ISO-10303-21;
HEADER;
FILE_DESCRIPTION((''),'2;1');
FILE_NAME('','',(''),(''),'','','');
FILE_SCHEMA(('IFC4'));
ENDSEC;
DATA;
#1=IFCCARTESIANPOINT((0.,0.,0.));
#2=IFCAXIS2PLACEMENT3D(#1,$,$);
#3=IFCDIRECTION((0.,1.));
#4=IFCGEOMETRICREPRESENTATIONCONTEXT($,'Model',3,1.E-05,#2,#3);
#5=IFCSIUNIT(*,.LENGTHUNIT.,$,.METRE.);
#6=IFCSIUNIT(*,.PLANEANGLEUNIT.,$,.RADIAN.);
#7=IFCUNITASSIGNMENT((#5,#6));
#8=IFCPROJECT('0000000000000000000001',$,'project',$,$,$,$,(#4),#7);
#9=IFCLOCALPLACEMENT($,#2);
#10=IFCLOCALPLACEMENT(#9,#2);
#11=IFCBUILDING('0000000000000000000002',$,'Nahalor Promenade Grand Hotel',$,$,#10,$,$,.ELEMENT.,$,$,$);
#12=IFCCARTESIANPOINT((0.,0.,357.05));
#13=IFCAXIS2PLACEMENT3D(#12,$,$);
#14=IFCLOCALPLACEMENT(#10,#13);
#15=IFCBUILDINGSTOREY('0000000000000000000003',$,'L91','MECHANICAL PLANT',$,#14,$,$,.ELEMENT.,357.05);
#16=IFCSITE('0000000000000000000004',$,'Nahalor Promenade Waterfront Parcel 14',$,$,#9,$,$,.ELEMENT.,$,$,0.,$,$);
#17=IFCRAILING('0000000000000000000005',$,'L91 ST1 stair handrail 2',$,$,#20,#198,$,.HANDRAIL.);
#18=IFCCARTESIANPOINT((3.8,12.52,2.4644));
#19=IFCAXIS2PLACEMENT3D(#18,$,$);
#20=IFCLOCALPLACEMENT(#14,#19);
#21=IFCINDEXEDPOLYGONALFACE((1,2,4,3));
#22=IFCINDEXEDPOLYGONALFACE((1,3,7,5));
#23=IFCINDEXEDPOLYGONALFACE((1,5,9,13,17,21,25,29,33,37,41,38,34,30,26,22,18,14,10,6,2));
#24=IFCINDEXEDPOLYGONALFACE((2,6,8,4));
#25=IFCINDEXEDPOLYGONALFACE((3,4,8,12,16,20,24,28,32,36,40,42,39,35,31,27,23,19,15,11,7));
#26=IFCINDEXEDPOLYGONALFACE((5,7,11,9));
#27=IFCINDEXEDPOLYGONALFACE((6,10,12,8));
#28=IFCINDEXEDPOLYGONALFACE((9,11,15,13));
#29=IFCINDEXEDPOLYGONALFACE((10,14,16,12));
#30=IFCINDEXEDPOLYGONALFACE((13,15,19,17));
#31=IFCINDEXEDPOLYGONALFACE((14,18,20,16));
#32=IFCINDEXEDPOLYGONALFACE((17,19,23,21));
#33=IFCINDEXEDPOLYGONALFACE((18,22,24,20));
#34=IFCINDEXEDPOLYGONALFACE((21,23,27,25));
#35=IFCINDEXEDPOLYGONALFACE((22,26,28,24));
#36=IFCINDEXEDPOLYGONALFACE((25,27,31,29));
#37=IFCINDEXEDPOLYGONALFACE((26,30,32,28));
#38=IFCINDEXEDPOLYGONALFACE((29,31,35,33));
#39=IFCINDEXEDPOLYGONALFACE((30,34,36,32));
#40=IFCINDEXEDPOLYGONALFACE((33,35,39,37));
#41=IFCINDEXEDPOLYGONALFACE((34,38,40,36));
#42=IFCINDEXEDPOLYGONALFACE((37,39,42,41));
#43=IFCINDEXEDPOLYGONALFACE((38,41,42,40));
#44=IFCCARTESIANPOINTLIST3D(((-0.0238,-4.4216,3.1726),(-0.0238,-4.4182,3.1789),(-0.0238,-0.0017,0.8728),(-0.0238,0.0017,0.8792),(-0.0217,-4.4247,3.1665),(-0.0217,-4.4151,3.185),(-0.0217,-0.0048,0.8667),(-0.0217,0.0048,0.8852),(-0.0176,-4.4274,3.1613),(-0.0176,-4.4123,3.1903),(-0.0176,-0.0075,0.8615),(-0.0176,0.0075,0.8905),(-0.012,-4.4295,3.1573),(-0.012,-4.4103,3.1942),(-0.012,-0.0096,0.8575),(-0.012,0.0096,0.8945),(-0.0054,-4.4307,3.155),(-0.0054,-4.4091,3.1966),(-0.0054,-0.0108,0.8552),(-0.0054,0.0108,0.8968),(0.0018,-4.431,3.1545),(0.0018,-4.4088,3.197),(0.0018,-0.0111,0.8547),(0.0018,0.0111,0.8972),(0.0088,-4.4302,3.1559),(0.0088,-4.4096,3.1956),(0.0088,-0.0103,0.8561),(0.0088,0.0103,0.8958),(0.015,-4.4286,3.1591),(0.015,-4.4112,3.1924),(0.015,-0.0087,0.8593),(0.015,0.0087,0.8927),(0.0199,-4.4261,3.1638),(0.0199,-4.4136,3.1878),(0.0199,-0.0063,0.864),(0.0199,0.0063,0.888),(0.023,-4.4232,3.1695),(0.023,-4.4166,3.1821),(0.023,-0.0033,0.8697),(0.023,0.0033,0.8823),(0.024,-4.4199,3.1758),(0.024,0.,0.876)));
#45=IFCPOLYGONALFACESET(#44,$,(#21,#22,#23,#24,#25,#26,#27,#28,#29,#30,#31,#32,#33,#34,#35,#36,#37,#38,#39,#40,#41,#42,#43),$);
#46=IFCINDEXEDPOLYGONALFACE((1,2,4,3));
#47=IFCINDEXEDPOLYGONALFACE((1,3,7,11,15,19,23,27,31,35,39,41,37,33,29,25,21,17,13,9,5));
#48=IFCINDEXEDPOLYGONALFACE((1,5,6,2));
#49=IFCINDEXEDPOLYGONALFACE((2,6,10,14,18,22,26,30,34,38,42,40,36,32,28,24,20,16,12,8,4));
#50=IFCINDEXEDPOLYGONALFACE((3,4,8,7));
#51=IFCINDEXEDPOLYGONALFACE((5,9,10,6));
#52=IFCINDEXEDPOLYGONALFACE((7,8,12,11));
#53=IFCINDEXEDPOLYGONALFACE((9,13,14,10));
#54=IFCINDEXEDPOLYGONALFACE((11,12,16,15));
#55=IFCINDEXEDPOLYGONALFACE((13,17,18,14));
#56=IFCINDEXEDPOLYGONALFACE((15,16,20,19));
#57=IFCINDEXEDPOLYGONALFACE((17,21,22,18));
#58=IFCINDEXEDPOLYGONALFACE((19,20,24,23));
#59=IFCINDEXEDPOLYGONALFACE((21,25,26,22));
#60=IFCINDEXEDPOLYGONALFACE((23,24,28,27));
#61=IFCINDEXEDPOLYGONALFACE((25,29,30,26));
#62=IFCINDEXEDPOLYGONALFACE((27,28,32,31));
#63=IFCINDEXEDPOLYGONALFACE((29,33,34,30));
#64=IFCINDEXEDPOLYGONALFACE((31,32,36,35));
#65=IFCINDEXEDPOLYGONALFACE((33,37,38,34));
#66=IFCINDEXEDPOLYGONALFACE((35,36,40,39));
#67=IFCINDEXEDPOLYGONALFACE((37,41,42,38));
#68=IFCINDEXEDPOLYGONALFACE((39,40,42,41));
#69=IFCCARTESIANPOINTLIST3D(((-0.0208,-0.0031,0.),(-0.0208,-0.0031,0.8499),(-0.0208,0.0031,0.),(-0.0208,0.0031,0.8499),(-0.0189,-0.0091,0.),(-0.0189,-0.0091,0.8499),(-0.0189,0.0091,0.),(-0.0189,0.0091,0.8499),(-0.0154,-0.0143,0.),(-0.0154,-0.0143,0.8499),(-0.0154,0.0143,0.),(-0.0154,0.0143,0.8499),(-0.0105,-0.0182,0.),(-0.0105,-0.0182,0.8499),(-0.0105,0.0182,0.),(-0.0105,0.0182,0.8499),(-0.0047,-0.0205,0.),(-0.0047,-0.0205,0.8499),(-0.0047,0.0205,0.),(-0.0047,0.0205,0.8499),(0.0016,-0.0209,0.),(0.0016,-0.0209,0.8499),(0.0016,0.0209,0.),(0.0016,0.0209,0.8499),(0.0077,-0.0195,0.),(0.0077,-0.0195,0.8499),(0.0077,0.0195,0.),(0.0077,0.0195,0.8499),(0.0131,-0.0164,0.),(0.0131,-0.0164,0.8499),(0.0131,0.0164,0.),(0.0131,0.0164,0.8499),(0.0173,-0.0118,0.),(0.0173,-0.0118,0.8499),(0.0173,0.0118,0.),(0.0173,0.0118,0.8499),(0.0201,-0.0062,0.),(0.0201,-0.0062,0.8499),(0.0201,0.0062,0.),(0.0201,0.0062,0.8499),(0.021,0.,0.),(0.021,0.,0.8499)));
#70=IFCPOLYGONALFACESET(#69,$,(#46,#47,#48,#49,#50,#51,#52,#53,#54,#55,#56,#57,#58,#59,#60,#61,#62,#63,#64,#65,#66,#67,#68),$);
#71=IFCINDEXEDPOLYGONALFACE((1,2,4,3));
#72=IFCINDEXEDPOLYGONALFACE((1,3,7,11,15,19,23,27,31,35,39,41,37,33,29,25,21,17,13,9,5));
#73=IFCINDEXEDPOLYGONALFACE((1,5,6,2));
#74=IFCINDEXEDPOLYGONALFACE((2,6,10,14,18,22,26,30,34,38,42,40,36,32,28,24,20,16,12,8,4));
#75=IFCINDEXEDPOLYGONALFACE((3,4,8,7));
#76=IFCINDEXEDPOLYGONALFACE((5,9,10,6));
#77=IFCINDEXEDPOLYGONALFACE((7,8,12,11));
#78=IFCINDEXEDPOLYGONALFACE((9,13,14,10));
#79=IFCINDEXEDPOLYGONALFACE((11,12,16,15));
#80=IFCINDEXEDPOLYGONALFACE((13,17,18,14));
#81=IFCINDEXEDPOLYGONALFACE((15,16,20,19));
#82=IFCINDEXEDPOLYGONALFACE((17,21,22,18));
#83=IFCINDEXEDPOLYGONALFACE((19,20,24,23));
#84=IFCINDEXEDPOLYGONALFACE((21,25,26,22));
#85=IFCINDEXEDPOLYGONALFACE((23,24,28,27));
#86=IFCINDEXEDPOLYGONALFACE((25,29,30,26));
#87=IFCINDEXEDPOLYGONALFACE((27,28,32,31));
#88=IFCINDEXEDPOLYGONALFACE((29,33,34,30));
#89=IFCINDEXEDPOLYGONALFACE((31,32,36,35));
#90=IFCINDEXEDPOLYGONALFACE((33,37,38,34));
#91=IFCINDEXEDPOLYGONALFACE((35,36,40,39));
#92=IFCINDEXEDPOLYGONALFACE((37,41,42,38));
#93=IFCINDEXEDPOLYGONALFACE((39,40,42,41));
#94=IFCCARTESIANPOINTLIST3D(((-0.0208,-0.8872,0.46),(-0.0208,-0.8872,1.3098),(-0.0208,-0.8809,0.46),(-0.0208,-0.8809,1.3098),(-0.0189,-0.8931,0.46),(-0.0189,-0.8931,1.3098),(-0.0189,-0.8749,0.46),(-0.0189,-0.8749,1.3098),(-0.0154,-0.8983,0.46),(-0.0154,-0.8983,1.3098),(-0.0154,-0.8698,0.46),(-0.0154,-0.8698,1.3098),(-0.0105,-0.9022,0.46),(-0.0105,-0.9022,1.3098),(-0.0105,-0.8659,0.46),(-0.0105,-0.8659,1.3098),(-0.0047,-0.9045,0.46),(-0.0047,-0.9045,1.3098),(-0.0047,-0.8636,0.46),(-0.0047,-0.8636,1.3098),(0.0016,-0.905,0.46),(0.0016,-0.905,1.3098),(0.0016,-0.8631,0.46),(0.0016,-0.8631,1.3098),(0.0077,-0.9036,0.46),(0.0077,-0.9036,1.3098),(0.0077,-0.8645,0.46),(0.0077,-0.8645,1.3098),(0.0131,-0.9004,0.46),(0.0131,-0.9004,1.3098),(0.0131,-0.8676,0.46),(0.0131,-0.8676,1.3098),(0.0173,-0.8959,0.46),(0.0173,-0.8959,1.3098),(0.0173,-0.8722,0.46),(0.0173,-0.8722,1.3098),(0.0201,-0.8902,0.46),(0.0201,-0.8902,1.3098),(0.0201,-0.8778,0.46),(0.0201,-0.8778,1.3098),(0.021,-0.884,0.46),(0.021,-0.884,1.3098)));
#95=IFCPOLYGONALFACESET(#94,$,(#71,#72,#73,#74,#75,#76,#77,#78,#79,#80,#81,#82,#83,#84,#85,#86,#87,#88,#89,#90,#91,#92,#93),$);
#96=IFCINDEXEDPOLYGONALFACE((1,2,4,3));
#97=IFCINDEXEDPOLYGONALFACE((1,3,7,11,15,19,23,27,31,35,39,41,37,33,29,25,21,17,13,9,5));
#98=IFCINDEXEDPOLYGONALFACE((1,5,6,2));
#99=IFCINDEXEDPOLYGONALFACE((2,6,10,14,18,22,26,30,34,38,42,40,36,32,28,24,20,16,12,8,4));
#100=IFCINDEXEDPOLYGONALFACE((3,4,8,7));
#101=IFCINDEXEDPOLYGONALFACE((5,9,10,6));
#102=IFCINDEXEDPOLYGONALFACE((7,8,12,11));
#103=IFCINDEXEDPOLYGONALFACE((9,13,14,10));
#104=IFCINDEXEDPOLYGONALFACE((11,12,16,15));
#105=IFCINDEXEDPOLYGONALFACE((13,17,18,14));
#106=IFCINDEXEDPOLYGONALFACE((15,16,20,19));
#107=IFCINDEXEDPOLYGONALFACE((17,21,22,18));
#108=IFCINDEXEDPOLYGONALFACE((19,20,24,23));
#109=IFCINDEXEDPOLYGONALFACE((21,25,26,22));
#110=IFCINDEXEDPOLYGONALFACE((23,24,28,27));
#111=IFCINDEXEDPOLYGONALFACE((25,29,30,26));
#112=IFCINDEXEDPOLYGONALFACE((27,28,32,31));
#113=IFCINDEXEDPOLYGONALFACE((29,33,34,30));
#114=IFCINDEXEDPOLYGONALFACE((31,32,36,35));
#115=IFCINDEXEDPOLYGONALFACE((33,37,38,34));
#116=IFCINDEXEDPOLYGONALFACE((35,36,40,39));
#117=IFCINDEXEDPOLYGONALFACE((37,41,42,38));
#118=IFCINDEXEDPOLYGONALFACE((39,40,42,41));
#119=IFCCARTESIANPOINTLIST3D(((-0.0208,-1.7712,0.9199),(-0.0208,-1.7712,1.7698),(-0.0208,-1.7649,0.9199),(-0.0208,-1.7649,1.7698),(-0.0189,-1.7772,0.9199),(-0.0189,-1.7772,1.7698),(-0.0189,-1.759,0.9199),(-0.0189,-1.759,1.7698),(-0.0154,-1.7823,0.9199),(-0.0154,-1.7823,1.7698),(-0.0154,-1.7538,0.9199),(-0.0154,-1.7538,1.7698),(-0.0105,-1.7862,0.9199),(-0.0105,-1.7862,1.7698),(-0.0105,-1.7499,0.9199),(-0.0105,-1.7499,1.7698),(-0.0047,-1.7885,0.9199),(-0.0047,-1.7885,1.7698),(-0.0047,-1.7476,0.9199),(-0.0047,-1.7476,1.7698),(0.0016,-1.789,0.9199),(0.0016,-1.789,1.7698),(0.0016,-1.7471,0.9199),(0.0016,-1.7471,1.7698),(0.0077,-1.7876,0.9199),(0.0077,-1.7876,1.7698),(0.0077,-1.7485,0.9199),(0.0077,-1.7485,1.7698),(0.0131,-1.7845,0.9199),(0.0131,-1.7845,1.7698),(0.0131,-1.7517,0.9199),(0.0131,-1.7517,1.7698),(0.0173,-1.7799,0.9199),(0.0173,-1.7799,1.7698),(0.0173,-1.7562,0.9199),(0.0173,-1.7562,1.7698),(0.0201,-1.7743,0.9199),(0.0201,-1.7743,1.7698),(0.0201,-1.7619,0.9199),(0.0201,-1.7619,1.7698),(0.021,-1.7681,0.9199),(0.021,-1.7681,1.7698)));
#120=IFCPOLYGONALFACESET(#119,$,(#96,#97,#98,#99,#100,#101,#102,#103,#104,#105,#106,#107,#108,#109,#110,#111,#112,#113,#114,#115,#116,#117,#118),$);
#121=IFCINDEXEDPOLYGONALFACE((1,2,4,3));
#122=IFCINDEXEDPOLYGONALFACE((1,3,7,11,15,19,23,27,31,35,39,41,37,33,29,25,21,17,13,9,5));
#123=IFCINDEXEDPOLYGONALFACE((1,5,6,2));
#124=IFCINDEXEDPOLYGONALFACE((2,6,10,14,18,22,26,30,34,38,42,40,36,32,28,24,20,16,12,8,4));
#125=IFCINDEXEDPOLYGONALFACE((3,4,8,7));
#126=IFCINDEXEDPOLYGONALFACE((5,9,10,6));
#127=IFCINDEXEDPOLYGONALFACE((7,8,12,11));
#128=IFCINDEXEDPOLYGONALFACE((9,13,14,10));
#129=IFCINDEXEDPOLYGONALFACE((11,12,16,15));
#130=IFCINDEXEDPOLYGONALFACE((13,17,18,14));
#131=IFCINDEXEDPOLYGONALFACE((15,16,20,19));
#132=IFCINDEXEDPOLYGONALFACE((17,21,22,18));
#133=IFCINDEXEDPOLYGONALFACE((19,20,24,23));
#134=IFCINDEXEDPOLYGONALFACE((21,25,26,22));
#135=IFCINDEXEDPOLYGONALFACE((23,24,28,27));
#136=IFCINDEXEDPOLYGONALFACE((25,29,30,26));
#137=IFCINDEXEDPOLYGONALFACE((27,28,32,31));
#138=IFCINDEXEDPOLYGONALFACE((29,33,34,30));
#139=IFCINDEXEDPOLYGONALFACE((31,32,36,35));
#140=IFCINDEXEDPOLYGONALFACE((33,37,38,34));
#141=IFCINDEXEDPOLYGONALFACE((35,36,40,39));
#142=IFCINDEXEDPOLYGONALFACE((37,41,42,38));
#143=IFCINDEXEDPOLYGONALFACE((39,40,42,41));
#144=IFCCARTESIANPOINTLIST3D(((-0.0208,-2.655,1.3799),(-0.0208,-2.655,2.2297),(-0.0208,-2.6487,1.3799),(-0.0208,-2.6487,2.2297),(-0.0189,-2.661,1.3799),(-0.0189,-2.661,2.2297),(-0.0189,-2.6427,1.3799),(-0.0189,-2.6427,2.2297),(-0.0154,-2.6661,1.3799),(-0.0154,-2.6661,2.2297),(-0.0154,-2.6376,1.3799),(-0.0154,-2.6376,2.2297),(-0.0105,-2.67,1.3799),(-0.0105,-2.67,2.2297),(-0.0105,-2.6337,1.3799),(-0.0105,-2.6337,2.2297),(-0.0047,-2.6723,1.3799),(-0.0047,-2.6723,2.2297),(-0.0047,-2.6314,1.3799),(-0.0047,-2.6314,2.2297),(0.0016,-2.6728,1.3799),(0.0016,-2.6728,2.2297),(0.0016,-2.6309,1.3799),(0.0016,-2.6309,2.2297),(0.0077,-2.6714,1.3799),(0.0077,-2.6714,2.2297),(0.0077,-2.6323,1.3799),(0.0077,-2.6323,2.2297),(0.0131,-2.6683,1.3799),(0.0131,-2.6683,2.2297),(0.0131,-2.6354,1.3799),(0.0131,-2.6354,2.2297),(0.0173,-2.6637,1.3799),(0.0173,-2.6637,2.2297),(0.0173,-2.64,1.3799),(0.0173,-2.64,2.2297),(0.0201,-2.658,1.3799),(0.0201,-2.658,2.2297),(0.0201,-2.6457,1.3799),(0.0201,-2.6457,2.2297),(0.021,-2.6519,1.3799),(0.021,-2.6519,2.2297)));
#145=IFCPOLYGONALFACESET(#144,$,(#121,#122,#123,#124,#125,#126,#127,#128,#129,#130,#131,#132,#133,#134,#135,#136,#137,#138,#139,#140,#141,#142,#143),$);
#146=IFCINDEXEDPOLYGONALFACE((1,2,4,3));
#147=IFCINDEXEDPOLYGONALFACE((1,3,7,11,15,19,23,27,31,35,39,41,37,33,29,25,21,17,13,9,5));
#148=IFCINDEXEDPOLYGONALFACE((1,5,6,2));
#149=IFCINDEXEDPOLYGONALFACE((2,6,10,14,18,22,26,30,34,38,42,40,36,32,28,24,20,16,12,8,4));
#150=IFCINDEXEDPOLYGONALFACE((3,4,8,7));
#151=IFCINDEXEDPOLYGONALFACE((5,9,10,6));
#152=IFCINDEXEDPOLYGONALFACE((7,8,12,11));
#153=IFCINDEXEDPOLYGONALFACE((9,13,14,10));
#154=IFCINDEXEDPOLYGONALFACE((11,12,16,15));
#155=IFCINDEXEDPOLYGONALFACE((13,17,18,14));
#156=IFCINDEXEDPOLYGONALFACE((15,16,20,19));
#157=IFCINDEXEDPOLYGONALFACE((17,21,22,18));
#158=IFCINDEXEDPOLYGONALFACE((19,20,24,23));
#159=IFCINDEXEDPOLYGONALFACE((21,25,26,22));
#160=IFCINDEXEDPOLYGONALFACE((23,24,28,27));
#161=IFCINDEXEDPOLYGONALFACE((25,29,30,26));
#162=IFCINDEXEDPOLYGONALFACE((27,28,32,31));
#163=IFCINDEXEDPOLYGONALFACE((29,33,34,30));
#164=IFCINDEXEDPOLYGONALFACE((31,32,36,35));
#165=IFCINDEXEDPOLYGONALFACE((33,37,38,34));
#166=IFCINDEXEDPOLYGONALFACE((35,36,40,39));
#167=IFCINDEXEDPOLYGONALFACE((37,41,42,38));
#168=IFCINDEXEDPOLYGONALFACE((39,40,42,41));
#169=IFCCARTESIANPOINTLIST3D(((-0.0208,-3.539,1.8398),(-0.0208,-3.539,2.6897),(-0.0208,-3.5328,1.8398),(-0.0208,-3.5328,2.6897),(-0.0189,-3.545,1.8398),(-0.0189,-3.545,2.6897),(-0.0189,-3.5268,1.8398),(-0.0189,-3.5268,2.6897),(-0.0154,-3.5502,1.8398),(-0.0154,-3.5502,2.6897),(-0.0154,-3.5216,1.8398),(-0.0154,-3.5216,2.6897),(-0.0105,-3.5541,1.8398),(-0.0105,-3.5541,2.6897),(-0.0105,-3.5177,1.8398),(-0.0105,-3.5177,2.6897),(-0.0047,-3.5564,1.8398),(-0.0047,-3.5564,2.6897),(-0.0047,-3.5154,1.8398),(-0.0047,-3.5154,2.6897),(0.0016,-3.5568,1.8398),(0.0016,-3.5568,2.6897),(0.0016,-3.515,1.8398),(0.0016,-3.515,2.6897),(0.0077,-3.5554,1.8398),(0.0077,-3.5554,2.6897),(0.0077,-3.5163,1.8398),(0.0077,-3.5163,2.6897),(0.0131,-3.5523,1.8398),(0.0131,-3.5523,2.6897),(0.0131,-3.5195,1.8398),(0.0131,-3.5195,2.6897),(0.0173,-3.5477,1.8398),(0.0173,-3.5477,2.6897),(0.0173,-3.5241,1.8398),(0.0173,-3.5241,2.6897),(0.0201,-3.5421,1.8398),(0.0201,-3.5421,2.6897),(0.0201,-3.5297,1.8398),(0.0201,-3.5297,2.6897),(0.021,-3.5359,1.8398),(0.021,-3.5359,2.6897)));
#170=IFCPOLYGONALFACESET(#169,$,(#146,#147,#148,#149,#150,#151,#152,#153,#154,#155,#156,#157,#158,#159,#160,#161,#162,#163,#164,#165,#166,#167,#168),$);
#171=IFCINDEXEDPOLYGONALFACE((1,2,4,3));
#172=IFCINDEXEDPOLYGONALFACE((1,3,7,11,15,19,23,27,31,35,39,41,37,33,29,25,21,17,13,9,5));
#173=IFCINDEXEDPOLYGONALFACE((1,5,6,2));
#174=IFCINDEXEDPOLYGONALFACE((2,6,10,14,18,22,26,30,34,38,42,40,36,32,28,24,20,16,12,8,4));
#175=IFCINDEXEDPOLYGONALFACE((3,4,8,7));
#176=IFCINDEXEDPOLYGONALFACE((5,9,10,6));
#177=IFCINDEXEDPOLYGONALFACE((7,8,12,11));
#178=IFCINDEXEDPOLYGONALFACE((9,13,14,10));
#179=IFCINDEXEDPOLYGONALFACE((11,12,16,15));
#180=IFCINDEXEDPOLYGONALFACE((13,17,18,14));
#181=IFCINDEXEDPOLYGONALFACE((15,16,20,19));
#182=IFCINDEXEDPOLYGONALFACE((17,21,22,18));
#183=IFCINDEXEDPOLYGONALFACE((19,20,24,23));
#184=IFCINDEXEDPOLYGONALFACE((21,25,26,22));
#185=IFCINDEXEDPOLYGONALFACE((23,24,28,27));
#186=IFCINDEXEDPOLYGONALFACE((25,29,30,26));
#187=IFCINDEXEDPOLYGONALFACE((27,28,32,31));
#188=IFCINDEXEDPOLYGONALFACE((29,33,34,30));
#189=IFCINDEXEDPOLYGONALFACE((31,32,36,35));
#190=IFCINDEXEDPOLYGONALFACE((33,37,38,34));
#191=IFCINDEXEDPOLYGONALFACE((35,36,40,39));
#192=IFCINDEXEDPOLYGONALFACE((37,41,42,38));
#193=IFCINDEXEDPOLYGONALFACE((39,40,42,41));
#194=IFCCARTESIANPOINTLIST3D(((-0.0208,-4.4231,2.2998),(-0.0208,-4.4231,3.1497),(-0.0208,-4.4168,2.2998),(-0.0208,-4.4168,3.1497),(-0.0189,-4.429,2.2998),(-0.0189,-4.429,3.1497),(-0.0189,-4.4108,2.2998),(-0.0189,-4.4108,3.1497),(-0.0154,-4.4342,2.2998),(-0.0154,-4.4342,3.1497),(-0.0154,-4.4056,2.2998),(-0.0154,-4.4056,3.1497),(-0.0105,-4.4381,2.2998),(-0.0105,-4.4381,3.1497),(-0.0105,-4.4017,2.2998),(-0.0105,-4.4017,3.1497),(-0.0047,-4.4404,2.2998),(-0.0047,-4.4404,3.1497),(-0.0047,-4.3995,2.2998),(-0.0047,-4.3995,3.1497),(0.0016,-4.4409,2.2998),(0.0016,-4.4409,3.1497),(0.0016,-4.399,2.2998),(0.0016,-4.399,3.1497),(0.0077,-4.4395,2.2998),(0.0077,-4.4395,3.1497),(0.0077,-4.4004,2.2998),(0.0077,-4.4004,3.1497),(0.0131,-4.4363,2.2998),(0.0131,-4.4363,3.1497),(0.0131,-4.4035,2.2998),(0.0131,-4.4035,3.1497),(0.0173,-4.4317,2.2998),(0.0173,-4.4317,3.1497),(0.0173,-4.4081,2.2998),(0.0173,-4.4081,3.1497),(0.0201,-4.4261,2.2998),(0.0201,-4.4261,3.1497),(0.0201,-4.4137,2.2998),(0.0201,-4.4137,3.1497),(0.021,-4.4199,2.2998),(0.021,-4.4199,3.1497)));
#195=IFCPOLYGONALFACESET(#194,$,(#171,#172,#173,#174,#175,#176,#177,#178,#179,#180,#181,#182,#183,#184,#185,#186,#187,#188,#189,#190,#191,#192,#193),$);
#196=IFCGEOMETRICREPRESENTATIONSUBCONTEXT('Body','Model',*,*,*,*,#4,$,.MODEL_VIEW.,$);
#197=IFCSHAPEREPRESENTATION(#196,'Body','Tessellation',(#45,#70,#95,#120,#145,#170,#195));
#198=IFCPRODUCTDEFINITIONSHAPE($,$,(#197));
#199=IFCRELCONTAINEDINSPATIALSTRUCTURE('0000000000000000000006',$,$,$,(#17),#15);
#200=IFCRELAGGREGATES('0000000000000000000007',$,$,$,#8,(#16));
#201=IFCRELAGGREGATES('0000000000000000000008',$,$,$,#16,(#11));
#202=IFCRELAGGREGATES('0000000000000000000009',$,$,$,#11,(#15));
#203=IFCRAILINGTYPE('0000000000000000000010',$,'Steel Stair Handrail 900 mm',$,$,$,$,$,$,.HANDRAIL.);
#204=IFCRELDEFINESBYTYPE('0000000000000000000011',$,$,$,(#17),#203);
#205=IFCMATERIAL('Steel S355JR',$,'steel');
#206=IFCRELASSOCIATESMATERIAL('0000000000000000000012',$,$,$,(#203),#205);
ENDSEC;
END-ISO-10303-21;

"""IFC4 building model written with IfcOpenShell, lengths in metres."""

from ifc_helpers import new_model, si_unit, direction, frame, origin, origin_2d, place, context, subcontext, project, spatial, circle, extrude, material, type_object, element, save


model = new_model("IFC4")

# Units and contexts
model_context = context("Model", 3, precision=1e-05, world=origin(), true_north=direction((0.0, 1.0)))
body_context = subcontext(model_context, "Body", "Model", "MODEL_VIEW")
ifc_project = project(units=[si_unit("LENGTHUNIT", "METRE"), si_unit("PLANEANGLEUNIT", "RADIAN")], contexts=[model_context])

# Site, building, storey
site_placement = place(None, origin())
site = spatial("IfcSite", under=ifc_project, at=site_placement, Name="Nahalor Promenade Waterfront Parcel 14", CompositionType="ELEMENT", RefElevation=0.0)
building_placement = place(site_placement, origin())
building = spatial("IfcBuilding", under=site, at=building_placement, Name="Nahalor Promenade Grand Hotel", CompositionType="ELEMENT")
storey_placement = place(building_placement, frame((0.0, 0.0, 357.05)))
storey = spatial("IfcBuildingStorey", under=building, at=storey_placement, Name="L91", Description="MECHANICAL PLANT", CompositionType="ELEMENT", Elevation=357.05)

# Shared definitions
ifc_material_1 = material(Name="Steel S355JR", Category="steel")

# Railing
railing_type_1 = type_object("IfcRailingType", Name="Steel Stair Handrail 900 mm", PredefinedType="HANDRAIL", material=ifc_material_1)
railing_1_placement = place(storey_placement, frame((3.8, 12.52, 2.4644)))
element("IfcRailing", 1, at=railing_1_placement, inside=storey, type_object=railing_type_1, Name="L91 ST1 stair handrail 2", PredefinedType="HANDRAIL", context=body_context, shape_type="SweptSolid", body=[
    extrude(circle(Radius=0.024, at=origin_2d()), frame((0.0, 0.0, 0.876), z_axis=(0.0, -0.887098, 0.461581), x_axis=(1.0, 0.0, 0.0)), (0.0, 0.0, 1.0), 4.9824),
    extrude(circle(Radius=0.021, at=origin_2d()), origin(), (0.0, 0.0, 1.0), 0.8499),
    extrude(circle(Radius=0.021, at=origin_2d()), frame((0.0, -0.884, 0.46)), (0.0, 0.0, 1.0), 0.8499),
    extrude(circle(Radius=0.021, at=origin_2d()), frame((0.0, -1.7681, 0.9199)), (0.0, 0.0, 1.0), 0.8499),
    extrude(circle(Radius=0.021, at=origin_2d()), frame((0.0, -2.6519, 1.3799)), (0.0, 0.0, 1.0), 0.8499),
    extrude(circle(Radius=0.021, at=origin_2d()), frame((0.0, -3.5359, 1.8398)), (0.0, 0.0, 1.0), 0.8499),
    extrude(circle(Radius=0.021, at=origin_2d()), frame((0.0, -4.4199, 2.2998)), (0.0, 0.0, 1.0), 0.8499),
])

save(model, "model.ifc")
